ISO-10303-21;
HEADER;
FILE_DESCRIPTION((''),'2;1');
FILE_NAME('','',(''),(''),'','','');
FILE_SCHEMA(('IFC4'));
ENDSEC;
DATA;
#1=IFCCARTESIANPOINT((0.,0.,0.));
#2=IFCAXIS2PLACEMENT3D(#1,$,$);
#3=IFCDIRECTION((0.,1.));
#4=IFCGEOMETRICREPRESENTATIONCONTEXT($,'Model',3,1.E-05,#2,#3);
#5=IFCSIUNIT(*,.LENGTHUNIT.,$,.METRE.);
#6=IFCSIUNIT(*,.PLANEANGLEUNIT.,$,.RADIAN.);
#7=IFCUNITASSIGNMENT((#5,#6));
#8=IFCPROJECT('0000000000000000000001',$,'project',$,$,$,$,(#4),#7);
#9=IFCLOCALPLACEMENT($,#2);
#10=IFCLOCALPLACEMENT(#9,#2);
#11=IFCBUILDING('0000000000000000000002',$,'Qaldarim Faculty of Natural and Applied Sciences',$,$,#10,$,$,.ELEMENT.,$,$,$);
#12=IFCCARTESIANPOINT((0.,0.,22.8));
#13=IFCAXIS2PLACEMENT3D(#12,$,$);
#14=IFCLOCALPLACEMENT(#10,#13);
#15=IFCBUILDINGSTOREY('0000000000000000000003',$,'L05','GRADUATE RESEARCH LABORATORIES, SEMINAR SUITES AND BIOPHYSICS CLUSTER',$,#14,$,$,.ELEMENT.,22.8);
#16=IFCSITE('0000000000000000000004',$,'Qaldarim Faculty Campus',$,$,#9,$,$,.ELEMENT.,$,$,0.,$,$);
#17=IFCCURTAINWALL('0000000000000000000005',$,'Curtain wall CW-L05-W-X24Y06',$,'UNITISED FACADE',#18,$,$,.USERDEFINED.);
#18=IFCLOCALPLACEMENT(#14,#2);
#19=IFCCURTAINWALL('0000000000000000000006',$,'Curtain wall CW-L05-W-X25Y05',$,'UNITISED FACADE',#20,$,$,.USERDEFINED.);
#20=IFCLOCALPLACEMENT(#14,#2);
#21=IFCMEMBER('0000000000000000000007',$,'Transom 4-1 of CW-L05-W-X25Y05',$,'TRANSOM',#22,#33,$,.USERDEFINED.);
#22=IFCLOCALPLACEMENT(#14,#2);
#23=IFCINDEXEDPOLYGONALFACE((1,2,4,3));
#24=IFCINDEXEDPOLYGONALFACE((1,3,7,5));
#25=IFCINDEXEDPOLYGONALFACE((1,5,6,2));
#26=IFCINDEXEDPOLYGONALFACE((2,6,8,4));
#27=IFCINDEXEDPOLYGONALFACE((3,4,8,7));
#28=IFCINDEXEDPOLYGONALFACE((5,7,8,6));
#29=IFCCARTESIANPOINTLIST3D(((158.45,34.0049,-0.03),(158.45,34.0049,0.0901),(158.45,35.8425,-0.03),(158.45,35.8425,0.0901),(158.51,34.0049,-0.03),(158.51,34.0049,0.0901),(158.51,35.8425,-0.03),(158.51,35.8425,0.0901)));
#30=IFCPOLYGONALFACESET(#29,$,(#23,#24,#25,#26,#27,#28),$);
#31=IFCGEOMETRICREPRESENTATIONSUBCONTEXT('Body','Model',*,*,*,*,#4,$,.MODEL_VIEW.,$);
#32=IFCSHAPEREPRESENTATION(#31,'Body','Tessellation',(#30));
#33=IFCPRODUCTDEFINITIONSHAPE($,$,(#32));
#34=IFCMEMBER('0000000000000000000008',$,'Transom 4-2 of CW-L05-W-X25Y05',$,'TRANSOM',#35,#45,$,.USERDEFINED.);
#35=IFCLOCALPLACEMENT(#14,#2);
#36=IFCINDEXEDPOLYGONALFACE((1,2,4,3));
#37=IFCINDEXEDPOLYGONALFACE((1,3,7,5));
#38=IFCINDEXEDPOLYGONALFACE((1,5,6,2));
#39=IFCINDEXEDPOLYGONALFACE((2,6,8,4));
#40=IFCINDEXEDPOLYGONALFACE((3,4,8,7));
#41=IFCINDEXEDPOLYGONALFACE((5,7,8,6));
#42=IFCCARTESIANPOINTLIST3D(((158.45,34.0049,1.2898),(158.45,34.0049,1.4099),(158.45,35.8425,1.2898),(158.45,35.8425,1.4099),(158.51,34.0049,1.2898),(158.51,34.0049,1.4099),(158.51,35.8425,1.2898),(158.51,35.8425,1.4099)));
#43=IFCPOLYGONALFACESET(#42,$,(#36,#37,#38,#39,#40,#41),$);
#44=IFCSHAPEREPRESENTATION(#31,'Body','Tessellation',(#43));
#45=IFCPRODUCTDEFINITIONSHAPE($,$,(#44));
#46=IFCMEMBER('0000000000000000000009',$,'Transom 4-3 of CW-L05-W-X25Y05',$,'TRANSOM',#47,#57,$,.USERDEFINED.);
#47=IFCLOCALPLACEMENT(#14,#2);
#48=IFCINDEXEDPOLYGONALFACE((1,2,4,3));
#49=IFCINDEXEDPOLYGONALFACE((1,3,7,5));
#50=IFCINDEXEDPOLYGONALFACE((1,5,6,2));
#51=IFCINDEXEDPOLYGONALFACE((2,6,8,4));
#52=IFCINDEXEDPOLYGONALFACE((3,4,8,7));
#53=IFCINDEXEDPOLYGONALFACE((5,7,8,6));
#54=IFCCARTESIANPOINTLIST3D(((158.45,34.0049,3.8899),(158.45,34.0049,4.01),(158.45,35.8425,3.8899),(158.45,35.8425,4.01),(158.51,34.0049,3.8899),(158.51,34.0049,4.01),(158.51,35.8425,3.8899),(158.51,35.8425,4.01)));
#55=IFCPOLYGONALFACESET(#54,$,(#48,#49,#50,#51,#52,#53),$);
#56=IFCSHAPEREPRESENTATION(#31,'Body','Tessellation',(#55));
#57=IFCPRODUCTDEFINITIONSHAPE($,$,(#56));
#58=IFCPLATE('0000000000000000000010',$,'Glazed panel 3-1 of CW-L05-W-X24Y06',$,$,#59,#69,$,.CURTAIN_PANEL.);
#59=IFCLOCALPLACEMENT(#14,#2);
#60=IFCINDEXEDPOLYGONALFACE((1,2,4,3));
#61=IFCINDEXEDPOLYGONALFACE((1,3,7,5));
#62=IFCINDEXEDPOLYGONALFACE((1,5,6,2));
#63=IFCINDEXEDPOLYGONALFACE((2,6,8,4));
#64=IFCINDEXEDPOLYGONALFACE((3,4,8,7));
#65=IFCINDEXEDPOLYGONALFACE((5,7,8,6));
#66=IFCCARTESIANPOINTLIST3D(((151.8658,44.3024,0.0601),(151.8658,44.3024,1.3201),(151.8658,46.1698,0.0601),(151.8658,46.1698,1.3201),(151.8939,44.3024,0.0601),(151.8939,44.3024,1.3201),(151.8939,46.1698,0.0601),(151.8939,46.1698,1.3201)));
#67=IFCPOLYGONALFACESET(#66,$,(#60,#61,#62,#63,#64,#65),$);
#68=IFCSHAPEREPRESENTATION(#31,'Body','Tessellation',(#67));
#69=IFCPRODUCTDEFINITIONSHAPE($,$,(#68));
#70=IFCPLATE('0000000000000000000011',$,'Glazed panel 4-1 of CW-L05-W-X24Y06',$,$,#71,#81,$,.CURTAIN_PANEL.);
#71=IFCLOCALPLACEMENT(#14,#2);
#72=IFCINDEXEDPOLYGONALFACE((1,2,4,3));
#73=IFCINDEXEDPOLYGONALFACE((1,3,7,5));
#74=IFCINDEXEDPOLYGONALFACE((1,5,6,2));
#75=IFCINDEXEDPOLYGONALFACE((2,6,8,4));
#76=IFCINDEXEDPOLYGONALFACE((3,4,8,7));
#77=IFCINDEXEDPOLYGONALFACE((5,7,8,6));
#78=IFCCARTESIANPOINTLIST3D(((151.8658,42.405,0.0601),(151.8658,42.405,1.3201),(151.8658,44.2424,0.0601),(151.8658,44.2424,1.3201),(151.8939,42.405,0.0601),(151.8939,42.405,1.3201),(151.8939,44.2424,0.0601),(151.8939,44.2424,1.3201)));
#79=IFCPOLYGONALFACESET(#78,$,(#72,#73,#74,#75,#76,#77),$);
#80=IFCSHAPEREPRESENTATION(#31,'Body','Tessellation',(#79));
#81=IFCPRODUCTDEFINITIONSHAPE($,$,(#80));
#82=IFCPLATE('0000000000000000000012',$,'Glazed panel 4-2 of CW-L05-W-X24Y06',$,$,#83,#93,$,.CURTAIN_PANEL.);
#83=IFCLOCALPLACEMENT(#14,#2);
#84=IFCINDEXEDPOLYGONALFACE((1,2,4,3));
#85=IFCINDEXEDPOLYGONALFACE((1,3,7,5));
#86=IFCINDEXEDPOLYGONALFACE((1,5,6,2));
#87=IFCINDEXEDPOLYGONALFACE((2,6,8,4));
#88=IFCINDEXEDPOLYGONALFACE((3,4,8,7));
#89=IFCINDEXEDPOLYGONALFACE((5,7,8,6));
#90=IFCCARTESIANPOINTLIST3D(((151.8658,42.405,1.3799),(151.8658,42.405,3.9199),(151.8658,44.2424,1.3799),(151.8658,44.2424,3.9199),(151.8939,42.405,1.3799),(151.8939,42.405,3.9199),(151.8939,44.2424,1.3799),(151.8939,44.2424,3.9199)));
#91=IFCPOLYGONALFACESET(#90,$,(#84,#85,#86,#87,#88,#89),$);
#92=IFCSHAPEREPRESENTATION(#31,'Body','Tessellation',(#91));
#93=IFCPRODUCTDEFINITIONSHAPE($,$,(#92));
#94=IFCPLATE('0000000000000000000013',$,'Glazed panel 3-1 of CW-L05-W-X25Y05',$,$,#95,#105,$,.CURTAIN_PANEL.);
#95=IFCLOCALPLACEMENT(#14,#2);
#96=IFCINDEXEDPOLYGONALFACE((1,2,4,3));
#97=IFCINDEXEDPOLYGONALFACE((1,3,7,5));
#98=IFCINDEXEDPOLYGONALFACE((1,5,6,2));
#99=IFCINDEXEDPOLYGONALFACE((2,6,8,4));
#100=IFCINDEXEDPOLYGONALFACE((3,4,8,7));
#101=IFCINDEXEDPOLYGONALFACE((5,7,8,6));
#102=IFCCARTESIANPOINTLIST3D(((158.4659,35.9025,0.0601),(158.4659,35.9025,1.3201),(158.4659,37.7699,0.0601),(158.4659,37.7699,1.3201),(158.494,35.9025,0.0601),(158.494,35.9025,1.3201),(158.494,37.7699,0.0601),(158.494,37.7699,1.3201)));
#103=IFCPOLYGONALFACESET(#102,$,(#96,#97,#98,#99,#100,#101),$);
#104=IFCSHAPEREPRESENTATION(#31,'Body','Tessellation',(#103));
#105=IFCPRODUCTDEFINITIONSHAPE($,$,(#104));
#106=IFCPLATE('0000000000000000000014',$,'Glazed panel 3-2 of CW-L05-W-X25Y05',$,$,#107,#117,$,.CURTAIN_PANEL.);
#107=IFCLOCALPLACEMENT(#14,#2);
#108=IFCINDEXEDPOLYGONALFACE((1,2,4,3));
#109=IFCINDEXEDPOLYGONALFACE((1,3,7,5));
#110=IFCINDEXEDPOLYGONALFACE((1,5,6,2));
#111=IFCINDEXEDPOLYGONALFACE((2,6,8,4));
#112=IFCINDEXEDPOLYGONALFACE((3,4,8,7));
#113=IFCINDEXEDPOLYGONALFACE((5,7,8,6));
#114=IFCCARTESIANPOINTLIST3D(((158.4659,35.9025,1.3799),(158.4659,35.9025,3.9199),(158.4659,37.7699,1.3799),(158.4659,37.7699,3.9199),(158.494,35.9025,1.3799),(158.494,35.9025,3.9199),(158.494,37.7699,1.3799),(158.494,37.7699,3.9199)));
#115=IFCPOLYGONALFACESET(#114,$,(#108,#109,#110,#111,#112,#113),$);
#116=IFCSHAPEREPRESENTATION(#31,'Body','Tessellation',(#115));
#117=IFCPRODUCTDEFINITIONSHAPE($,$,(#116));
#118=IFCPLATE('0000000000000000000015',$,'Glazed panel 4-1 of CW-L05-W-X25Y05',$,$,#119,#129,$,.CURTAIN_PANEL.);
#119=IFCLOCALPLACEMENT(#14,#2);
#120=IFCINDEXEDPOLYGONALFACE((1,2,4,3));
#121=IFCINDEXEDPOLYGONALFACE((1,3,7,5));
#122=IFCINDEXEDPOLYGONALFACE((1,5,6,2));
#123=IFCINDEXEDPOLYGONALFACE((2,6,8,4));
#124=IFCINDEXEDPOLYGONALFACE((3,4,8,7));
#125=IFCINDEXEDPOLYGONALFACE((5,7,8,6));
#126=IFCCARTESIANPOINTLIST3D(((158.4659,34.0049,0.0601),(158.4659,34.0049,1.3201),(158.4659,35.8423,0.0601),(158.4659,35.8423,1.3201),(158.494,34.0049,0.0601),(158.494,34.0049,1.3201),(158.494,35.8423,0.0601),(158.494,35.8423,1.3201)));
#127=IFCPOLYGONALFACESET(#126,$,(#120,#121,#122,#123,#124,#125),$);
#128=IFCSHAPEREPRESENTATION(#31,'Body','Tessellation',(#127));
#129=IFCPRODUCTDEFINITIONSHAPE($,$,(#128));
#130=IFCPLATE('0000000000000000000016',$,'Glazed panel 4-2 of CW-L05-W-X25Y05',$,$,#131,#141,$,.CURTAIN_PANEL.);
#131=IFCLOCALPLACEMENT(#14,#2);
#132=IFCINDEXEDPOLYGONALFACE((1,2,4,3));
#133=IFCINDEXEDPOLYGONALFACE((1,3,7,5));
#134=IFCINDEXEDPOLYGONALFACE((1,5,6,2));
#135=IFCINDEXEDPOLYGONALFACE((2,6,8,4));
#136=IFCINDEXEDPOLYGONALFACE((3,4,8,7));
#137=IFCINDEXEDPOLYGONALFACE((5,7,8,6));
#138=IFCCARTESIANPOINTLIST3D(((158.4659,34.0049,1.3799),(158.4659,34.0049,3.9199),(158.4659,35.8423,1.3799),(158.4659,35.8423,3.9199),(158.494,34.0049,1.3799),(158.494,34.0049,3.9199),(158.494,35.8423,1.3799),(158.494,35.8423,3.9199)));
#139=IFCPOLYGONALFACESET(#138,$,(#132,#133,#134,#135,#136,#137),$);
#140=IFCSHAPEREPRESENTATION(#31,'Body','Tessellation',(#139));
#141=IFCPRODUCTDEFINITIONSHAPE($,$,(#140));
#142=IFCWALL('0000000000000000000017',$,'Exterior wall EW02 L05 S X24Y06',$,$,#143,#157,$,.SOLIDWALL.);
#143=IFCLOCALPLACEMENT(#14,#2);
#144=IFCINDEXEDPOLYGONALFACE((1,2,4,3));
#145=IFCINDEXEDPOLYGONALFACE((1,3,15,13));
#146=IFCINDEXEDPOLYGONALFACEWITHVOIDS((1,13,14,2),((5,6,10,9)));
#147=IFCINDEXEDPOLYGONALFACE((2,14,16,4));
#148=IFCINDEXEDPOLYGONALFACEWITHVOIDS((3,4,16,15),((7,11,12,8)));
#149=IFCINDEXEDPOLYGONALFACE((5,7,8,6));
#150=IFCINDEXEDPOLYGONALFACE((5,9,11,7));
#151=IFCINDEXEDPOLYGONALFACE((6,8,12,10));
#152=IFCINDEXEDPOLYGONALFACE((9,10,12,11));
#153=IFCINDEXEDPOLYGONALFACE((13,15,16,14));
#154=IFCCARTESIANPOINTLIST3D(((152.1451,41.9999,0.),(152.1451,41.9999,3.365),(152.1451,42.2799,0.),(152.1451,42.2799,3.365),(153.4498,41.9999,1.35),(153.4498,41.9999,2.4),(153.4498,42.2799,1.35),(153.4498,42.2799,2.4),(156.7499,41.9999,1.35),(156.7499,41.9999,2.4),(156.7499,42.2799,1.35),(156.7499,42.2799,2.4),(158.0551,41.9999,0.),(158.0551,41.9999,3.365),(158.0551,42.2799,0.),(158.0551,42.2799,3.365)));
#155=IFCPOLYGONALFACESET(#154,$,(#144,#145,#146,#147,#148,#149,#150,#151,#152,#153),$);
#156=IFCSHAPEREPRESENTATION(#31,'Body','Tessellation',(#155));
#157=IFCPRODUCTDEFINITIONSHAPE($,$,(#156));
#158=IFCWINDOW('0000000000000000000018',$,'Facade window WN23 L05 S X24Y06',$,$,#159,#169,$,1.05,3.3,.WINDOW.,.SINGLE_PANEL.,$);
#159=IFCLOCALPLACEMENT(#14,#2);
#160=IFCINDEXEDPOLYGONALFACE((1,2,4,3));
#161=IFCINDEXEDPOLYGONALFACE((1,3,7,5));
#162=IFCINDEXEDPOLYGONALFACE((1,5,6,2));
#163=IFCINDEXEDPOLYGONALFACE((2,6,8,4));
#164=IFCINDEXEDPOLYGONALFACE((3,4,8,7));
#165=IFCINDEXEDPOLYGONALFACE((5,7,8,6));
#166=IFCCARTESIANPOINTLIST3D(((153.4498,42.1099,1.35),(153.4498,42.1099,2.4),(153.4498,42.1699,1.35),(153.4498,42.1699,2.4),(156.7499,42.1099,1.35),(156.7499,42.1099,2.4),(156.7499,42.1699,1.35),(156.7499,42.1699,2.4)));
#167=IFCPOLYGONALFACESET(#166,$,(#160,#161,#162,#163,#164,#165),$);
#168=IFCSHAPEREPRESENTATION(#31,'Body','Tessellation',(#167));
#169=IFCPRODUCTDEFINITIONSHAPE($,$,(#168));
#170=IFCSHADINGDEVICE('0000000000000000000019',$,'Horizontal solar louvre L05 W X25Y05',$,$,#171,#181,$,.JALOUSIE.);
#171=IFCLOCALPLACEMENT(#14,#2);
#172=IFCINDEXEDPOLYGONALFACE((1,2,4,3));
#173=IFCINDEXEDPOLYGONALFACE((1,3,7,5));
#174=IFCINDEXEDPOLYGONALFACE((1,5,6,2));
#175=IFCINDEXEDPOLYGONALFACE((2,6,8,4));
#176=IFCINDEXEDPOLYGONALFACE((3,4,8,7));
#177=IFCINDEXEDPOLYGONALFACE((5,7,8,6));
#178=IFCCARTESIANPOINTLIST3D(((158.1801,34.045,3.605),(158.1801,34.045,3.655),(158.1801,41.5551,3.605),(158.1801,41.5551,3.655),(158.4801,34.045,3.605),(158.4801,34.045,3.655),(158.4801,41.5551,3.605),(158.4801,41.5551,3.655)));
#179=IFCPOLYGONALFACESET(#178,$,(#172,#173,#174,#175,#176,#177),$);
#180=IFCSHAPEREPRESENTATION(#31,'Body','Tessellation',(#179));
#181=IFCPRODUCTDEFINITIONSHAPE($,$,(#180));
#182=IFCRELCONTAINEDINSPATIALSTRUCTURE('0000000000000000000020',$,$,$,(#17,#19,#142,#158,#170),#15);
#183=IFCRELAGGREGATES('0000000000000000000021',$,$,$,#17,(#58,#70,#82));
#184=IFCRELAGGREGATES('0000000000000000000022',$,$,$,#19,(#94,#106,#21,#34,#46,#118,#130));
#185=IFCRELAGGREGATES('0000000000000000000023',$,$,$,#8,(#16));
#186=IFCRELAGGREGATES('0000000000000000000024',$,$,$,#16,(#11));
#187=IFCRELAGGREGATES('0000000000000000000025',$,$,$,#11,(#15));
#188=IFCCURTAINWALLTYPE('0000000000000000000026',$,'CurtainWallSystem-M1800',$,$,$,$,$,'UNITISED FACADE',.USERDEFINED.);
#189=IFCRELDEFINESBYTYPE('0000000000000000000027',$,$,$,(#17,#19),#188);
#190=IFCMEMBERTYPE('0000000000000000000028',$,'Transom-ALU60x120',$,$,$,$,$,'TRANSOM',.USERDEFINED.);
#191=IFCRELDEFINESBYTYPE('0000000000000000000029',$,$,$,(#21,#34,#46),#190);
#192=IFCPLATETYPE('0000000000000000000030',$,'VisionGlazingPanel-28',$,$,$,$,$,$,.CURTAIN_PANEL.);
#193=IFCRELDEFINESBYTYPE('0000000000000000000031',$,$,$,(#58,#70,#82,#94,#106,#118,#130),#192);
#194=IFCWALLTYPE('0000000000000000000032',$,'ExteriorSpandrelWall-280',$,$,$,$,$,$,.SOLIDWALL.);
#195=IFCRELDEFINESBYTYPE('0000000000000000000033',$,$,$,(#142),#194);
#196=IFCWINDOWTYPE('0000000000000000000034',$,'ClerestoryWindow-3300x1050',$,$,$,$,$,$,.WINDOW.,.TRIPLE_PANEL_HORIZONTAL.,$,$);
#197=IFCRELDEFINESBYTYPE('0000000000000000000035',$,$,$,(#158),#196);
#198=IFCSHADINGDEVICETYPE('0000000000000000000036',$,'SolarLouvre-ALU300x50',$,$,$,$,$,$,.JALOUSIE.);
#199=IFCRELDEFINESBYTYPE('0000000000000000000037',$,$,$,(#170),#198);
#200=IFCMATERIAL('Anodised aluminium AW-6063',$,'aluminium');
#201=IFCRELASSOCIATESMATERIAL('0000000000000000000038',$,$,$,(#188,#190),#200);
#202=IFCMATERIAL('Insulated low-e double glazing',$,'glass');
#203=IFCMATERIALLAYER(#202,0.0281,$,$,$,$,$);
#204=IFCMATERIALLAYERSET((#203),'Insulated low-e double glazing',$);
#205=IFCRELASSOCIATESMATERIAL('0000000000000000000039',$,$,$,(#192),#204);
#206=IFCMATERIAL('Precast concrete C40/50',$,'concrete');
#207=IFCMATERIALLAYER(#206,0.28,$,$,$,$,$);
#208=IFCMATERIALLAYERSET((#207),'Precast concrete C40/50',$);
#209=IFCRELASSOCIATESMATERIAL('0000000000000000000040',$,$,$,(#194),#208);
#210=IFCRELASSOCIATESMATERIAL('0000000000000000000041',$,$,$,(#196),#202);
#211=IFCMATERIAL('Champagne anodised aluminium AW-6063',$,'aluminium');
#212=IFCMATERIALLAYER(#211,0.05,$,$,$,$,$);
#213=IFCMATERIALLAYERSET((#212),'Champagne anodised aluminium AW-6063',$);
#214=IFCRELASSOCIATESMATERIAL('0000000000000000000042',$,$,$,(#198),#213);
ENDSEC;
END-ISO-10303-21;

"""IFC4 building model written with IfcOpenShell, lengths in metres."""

from ifc_helpers import new_model, si_unit, direction, frame, frame_2d, origin, origin_2d, place, context, subcontext, project, spatial, rectangle, extrude, material, layer, layer_set, material_profile, profile_set, type_object, element, fill, aggregate, save


model = new_model("IFC4")

# Units and contexts
model_context = context("Model", 3, precision=1e-05, world=origin(), true_north=direction((0.0, 1.0)))
body_context = subcontext(model_context, "Body", "Model", "MODEL_VIEW")
ifc_project = project(units=[si_unit("LENGTHUNIT", "METRE"), si_unit("PLANEANGLEUNIT", "RADIAN")], contexts=[model_context])

# Site, building, storey
site_placement = place(None, origin())
site = spatial("IfcSite", under=ifc_project, at=site_placement, Name="Qaldarim Faculty Campus", CompositionType="ELEMENT", RefElevation=0.0)
building_placement = place(site_placement, origin())
building = spatial("IfcBuilding", under=site, at=building_placement, Name="Qaldarim Faculty of Natural and Applied Sciences", CompositionType="ELEMENT")
storey_placement = place(building_placement, frame((0.0, 0.0, 22.8)))
storey = spatial("IfcBuildingStorey", under=building, at=storey_placement, Name="L05", Description="GRADUATE RESEARCH LABORATORIES, SEMINAR SUITES AND BIOPHYSICS CLUSTER", CompositionType="ELEMENT", Elevation=22.8)

# Curtain walls
ifc_material_1 = material(Name="Anodised aluminium AW-6063", Category="aluminium")
curtain_wall_type = type_object("IfcCurtainWallType", Name="CurtainWallSystem-M1800", ElementType="UNITISED FACADE", PredefinedType="USERDEFINED", material=ifc_material_1)
curtain_wall_1_placement = place(storey_placement, origin())
curtain_wall_1 = element("IfcCurtainWall", 1, at=curtain_wall_1_placement, inside=storey, type_object=curtain_wall_type, Name="Curtain wall CW-L05-W-X24Y06", ObjectType="UNITISED FACADE", PredefinedType="USERDEFINED")
curtain_wall_2_placement = place(storey_placement, origin())
curtain_wall_2 = element("IfcCurtainWall", 2, at=curtain_wall_2_placement, inside=storey, type_object=curtain_wall_type, Name="Curtain wall CW-L05-W-X25Y05", ObjectType="UNITISED FACADE", PredefinedType="USERDEFINED")

# Shared definitions
ifc_material_2 = material(Name="Precast concrete C40/50", Category="concrete")

# Members
ifc_material_profile_1 = material_profile(ifc_material_1, rectangle(XDim=0.0601, YDim=0.1201, at=origin_2d()), Name="ALU-T60x120")
ifc_profile_set_1 = profile_set([ifc_material_profile_1], Name="Anodised aluminium AW-6063")
member_type_1 = type_object("IfcMemberType", Name="Transom-ALU60x120", ElementType="TRANSOM", PredefinedType="USERDEFINED", material=ifc_profile_set_1)
member_1_placement = place(storey_placement, frame((158.48, 35.8425, 0.03), z_axis=(0.0, -1.0, 0.0), x_axis=(1.0, 0.0, 0.0)))
member_1 = element("IfcMember", 3, at=member_1_placement, type_object=member_type_1, Name="Transom 4-1 of CW-L05-W-X25Y05", ObjectType="TRANSOM", PredefinedType="USERDEFINED", context=body_context, shape_type="SweptSolid", body=[
    extrude(rectangle(XDim=0.0601, YDim=0.1201, at=origin_2d()), origin(), (0.0, 0.0, 1.0), 1.8376),
])
member_2_placement = place(storey_placement, frame((158.48, 35.8425, 1.3499), z_axis=(0.0, -1.0, 0.0), x_axis=(1.0, 0.0, 0.0)))
member_2 = element("IfcMember", 4, at=member_2_placement, type_object=member_type_1, Name="Transom 4-2 of CW-L05-W-X25Y05", ObjectType="TRANSOM", PredefinedType="USERDEFINED", context=body_context, shape_type="SweptSolid", body=[
    extrude(rectangle(XDim=0.0601, YDim=0.1201, at=origin_2d()), origin(), (0.0, 0.0, 1.0), 1.8376),
])
member_3_placement = place(storey_placement, frame((158.48, 35.8425, 3.95), z_axis=(0.0, -1.0, 0.0), x_axis=(1.0, 0.0, 0.0)))
member_3 = element("IfcMember", 5, at=member_3_placement, type_object=member_type_1, Name="Transom 4-3 of CW-L05-W-X25Y05", ObjectType="TRANSOM", PredefinedType="USERDEFINED", context=body_context, shape_type="SweptSolid", body=[
    extrude(rectangle(XDim=0.0601, YDim=0.1201, at=origin_2d()), origin(), (0.0, 0.0, 1.0), 1.8376),
])

# Plates
ifc_material_3 = material(Name="Insulated low-e double glazing", Category="glass")
ifc_layer_1 = layer(ifc_material_3, 0.0281)
ifc_layer_set_1 = layer_set([ifc_layer_1], Name="Insulated low-e double glazing")
plate_type = type_object("IfcPlateType", Name="VisionGlazingPanel-28", PredefinedType="CURTAIN_PANEL", material=ifc_layer_set_1)
plate_1_placement = place(storey_placement, frame((151.8799, 45.2361, 0.0601), z_axis=(0.0, 0.0, 1.0), x_axis=(0.0, -1.0, 0.0)))
plate_1 = element("IfcPlate", 6, at=plate_1_placement, type_object=plate_type, Name="Glazed panel 3-1 of CW-L05-W-X24Y06", PredefinedType="CURTAIN_PANEL", context=body_context, shape_type="SweptSolid", body=[
    extrude(rectangle(XDim=1.8674, YDim=0.0281, at=origin_2d()), origin(), (0.0, 0.0, 1.0), 1.26),
])
plate_2_placement = place(storey_placement, frame((151.8799, 43.3237, 0.0601), z_axis=(0.0, 0.0, 1.0), x_axis=(0.0, -1.0, 0.0)))
plate_2 = element("IfcPlate", 7, at=plate_2_placement, type_object=plate_type, Name="Glazed panel 4-1 of CW-L05-W-X24Y06", PredefinedType="CURTAIN_PANEL", context=body_context, shape_type="SweptSolid", body=[
    extrude(rectangle(XDim=1.8374, YDim=0.0281, at=origin_2d()), origin(), (0.0, 0.0, 1.0), 1.26),
])
plate_3_placement = place(storey_placement, frame((151.8799, 43.3237, 1.3799), z_axis=(0.0, 0.0, 1.0), x_axis=(0.0, -1.0, 0.0)))
plate_3 = element("IfcPlate", 8, at=plate_3_placement, type_object=plate_type, Name="Glazed panel 4-2 of CW-L05-W-X24Y06", PredefinedType="CURTAIN_PANEL", context=body_context, shape_type="SweptSolid", body=[
    extrude(rectangle(XDim=1.8374, YDim=0.0281, at=origin_2d()), origin(), (0.0, 0.0, 1.0), 2.54),
])
aggregate(curtain_wall_1, [plate_1, plate_2, plate_3])
plate_4_placement = place(storey_placement, frame((158.48, 36.8362, 0.0601), z_axis=(0.0, 0.0, 1.0), x_axis=(0.0, -1.0, 0.0)))
plate_4 = element("IfcPlate", 9, at=plate_4_placement, type_object=plate_type, Name="Glazed panel 3-1 of CW-L05-W-X25Y05", PredefinedType="CURTAIN_PANEL", context=body_context, shape_type="SweptSolid", body=[
    extrude(rectangle(XDim=1.8674, YDim=0.0281, at=origin_2d()), origin(), (0.0, 0.0, 1.0), 1.26),
])
plate_5_placement = place(storey_placement, frame((158.48, 36.8362, 1.3799), z_axis=(0.0, 0.0, 1.0), x_axis=(0.0, -1.0, 0.0)))
plate_5 = element("IfcPlate", 10, at=plate_5_placement, type_object=plate_type, Name="Glazed panel 3-2 of CW-L05-W-X25Y05", PredefinedType="CURTAIN_PANEL", context=body_context, shape_type="SweptSolid", body=[
    extrude(rectangle(XDim=1.8674, YDim=0.0281, at=origin_2d()), origin(), (0.0, 0.0, 1.0), 2.54),
])
plate_6_placement = place(storey_placement, frame((158.48, 34.9236, 0.0601), z_axis=(0.0, 0.0, 1.0), x_axis=(0.0, -1.0, 0.0)))
plate_6 = element("IfcPlate", 11, at=plate_6_placement, type_object=plate_type, Name="Glazed panel 4-1 of CW-L05-W-X25Y05", PredefinedType="CURTAIN_PANEL", context=body_context, shape_type="SweptSolid", body=[
    extrude(rectangle(XDim=1.8374, YDim=0.0281, at=origin_2d()), origin(), (0.0, 0.0, 1.0), 1.26),
])
plate_7_placement = place(storey_placement, frame((158.48, 34.9236, 1.3799), z_axis=(0.0, 0.0, 1.0), x_axis=(0.0, -1.0, 0.0)))
plate_7 = element("IfcPlate", 12, at=plate_7_placement, type_object=plate_type, Name="Glazed panel 4-2 of CW-L05-W-X25Y05", PredefinedType="CURTAIN_PANEL", context=body_context, shape_type="SweptSolid", body=[
    extrude(rectangle(XDim=1.8374, YDim=0.0281, at=origin_2d()), origin(), (0.0, 0.0, 1.0), 2.54),
])
aggregate(curtain_wall_2, [plate_4, plate_5, member_1, member_2, member_3, plate_6, plate_7])

# Wall, opening, window
ifc_layer_2 = layer(ifc_material_2, 0.28)
ifc_layer_set_2 = layer_set([ifc_layer_2], Name="Precast concrete C40/50")
wall_type = type_object("IfcWallType", Name="ExteriorSpandrelWall-280", PredefinedType="SOLIDWALL", material=ifc_layer_set_2)
wall_placement = place(storey_placement, frame((152.145, 42.1399, 0.0), z_axis=(0.0, 0.0, 1.0), x_axis=(1.0, 0.0, 0.0)))
wall = element("IfcWall", 13, at=wall_placement, inside=storey, type_object=wall_type, Name="Exterior wall EW02 L05 S X24Y06", PredefinedType="SOLIDWALL", context=body_context, shape_type="SweptSolid", body=[
    extrude(rectangle(XDim=5.9099, YDim=0.28, at=frame_2d((2.9551, 0.0))), origin(), (0.0, 0.0, 1.0), 3.365),
])
opening_placement = place(wall_placement, frame((1.3049, 0.0, 1.3501)))
opening = element("IfcOpeningElement", 14, at=opening_placement, cuts=wall, PredefinedType="OPENING", context=body_context, shape_type="SweptSolid", body=[
    extrude(rectangle(XDim=3.3, YDim=1.05, at=frame_2d((1.6499, 0.5249))), frame((0.0, 0.1499, 0.0), z_axis=(0.0, -1.0, 0.0), x_axis=(1.0, 0.0, 0.0)), (0.0, 0.0, 1.0), 0.3),
])
window_type = type_object("IfcWindowType", Name="ClerestoryWindow-3300x1050", PartitioningType="TRIPLE_PANEL_HORIZONTAL", PredefinedType="WINDOW", material=ifc_material_3)
window_placement = place(opening_placement, origin())
window = element("IfcWindow", 15, at=window_placement, inside=storey, type_object=window_type, Name="Facade window WN23 L05 S X24Y06", OverallHeight=1.05, OverallWidth=3.3, PartitioningType="SINGLE_PANEL", PredefinedType="WINDOW", context=body_context, shape_type="SweptSolid", body=[
    extrude(rectangle(XDim=3.3, YDim=1.05, at=frame_2d((1.6499, 0.5249))), frame((0.0, 0.03, 0.0), z_axis=(0.0, -1.0, 0.0), x_axis=(1.0, 0.0, 0.0)), (0.0, 0.0, 1.0), 0.0601),
])
fill(opening, window)

# Shading device
ifc_material_4 = material(Name="Champagne anodised aluminium AW-6063", Category="aluminium")
ifc_layer_3 = layer(ifc_material_4, 0.05)
ifc_layer_set_3 = layer_set([ifc_layer_3], Name="Champagne anodised aluminium AW-6063")
shading_device_type = type_object("IfcShadingDeviceType", Name="SolarLouvre-ALU300x50", PredefinedType="JALOUSIE", material=ifc_layer_set_3)
shading_device_placement = place(storey_placement, frame((158.3301, 37.8, 3.605), z_axis=(0.0, 0.0, 1.0), x_axis=(0.0, 1.0, 0.0)))
element("IfcShadingDevice", 16, at=shading_device_placement, inside=storey, type_object=shading_device_type, Name="Horizontal solar louvre L05 W X25Y05", PredefinedType="JALOUSIE", context=body_context, shape_type="SweptSolid", body=[
    extrude(rectangle(XDim=7.51, YDim=0.3, at=origin_2d()), origin(), (0.0, 0.0, 1.0), 0.05),
])

save(model, "model.ifc")
